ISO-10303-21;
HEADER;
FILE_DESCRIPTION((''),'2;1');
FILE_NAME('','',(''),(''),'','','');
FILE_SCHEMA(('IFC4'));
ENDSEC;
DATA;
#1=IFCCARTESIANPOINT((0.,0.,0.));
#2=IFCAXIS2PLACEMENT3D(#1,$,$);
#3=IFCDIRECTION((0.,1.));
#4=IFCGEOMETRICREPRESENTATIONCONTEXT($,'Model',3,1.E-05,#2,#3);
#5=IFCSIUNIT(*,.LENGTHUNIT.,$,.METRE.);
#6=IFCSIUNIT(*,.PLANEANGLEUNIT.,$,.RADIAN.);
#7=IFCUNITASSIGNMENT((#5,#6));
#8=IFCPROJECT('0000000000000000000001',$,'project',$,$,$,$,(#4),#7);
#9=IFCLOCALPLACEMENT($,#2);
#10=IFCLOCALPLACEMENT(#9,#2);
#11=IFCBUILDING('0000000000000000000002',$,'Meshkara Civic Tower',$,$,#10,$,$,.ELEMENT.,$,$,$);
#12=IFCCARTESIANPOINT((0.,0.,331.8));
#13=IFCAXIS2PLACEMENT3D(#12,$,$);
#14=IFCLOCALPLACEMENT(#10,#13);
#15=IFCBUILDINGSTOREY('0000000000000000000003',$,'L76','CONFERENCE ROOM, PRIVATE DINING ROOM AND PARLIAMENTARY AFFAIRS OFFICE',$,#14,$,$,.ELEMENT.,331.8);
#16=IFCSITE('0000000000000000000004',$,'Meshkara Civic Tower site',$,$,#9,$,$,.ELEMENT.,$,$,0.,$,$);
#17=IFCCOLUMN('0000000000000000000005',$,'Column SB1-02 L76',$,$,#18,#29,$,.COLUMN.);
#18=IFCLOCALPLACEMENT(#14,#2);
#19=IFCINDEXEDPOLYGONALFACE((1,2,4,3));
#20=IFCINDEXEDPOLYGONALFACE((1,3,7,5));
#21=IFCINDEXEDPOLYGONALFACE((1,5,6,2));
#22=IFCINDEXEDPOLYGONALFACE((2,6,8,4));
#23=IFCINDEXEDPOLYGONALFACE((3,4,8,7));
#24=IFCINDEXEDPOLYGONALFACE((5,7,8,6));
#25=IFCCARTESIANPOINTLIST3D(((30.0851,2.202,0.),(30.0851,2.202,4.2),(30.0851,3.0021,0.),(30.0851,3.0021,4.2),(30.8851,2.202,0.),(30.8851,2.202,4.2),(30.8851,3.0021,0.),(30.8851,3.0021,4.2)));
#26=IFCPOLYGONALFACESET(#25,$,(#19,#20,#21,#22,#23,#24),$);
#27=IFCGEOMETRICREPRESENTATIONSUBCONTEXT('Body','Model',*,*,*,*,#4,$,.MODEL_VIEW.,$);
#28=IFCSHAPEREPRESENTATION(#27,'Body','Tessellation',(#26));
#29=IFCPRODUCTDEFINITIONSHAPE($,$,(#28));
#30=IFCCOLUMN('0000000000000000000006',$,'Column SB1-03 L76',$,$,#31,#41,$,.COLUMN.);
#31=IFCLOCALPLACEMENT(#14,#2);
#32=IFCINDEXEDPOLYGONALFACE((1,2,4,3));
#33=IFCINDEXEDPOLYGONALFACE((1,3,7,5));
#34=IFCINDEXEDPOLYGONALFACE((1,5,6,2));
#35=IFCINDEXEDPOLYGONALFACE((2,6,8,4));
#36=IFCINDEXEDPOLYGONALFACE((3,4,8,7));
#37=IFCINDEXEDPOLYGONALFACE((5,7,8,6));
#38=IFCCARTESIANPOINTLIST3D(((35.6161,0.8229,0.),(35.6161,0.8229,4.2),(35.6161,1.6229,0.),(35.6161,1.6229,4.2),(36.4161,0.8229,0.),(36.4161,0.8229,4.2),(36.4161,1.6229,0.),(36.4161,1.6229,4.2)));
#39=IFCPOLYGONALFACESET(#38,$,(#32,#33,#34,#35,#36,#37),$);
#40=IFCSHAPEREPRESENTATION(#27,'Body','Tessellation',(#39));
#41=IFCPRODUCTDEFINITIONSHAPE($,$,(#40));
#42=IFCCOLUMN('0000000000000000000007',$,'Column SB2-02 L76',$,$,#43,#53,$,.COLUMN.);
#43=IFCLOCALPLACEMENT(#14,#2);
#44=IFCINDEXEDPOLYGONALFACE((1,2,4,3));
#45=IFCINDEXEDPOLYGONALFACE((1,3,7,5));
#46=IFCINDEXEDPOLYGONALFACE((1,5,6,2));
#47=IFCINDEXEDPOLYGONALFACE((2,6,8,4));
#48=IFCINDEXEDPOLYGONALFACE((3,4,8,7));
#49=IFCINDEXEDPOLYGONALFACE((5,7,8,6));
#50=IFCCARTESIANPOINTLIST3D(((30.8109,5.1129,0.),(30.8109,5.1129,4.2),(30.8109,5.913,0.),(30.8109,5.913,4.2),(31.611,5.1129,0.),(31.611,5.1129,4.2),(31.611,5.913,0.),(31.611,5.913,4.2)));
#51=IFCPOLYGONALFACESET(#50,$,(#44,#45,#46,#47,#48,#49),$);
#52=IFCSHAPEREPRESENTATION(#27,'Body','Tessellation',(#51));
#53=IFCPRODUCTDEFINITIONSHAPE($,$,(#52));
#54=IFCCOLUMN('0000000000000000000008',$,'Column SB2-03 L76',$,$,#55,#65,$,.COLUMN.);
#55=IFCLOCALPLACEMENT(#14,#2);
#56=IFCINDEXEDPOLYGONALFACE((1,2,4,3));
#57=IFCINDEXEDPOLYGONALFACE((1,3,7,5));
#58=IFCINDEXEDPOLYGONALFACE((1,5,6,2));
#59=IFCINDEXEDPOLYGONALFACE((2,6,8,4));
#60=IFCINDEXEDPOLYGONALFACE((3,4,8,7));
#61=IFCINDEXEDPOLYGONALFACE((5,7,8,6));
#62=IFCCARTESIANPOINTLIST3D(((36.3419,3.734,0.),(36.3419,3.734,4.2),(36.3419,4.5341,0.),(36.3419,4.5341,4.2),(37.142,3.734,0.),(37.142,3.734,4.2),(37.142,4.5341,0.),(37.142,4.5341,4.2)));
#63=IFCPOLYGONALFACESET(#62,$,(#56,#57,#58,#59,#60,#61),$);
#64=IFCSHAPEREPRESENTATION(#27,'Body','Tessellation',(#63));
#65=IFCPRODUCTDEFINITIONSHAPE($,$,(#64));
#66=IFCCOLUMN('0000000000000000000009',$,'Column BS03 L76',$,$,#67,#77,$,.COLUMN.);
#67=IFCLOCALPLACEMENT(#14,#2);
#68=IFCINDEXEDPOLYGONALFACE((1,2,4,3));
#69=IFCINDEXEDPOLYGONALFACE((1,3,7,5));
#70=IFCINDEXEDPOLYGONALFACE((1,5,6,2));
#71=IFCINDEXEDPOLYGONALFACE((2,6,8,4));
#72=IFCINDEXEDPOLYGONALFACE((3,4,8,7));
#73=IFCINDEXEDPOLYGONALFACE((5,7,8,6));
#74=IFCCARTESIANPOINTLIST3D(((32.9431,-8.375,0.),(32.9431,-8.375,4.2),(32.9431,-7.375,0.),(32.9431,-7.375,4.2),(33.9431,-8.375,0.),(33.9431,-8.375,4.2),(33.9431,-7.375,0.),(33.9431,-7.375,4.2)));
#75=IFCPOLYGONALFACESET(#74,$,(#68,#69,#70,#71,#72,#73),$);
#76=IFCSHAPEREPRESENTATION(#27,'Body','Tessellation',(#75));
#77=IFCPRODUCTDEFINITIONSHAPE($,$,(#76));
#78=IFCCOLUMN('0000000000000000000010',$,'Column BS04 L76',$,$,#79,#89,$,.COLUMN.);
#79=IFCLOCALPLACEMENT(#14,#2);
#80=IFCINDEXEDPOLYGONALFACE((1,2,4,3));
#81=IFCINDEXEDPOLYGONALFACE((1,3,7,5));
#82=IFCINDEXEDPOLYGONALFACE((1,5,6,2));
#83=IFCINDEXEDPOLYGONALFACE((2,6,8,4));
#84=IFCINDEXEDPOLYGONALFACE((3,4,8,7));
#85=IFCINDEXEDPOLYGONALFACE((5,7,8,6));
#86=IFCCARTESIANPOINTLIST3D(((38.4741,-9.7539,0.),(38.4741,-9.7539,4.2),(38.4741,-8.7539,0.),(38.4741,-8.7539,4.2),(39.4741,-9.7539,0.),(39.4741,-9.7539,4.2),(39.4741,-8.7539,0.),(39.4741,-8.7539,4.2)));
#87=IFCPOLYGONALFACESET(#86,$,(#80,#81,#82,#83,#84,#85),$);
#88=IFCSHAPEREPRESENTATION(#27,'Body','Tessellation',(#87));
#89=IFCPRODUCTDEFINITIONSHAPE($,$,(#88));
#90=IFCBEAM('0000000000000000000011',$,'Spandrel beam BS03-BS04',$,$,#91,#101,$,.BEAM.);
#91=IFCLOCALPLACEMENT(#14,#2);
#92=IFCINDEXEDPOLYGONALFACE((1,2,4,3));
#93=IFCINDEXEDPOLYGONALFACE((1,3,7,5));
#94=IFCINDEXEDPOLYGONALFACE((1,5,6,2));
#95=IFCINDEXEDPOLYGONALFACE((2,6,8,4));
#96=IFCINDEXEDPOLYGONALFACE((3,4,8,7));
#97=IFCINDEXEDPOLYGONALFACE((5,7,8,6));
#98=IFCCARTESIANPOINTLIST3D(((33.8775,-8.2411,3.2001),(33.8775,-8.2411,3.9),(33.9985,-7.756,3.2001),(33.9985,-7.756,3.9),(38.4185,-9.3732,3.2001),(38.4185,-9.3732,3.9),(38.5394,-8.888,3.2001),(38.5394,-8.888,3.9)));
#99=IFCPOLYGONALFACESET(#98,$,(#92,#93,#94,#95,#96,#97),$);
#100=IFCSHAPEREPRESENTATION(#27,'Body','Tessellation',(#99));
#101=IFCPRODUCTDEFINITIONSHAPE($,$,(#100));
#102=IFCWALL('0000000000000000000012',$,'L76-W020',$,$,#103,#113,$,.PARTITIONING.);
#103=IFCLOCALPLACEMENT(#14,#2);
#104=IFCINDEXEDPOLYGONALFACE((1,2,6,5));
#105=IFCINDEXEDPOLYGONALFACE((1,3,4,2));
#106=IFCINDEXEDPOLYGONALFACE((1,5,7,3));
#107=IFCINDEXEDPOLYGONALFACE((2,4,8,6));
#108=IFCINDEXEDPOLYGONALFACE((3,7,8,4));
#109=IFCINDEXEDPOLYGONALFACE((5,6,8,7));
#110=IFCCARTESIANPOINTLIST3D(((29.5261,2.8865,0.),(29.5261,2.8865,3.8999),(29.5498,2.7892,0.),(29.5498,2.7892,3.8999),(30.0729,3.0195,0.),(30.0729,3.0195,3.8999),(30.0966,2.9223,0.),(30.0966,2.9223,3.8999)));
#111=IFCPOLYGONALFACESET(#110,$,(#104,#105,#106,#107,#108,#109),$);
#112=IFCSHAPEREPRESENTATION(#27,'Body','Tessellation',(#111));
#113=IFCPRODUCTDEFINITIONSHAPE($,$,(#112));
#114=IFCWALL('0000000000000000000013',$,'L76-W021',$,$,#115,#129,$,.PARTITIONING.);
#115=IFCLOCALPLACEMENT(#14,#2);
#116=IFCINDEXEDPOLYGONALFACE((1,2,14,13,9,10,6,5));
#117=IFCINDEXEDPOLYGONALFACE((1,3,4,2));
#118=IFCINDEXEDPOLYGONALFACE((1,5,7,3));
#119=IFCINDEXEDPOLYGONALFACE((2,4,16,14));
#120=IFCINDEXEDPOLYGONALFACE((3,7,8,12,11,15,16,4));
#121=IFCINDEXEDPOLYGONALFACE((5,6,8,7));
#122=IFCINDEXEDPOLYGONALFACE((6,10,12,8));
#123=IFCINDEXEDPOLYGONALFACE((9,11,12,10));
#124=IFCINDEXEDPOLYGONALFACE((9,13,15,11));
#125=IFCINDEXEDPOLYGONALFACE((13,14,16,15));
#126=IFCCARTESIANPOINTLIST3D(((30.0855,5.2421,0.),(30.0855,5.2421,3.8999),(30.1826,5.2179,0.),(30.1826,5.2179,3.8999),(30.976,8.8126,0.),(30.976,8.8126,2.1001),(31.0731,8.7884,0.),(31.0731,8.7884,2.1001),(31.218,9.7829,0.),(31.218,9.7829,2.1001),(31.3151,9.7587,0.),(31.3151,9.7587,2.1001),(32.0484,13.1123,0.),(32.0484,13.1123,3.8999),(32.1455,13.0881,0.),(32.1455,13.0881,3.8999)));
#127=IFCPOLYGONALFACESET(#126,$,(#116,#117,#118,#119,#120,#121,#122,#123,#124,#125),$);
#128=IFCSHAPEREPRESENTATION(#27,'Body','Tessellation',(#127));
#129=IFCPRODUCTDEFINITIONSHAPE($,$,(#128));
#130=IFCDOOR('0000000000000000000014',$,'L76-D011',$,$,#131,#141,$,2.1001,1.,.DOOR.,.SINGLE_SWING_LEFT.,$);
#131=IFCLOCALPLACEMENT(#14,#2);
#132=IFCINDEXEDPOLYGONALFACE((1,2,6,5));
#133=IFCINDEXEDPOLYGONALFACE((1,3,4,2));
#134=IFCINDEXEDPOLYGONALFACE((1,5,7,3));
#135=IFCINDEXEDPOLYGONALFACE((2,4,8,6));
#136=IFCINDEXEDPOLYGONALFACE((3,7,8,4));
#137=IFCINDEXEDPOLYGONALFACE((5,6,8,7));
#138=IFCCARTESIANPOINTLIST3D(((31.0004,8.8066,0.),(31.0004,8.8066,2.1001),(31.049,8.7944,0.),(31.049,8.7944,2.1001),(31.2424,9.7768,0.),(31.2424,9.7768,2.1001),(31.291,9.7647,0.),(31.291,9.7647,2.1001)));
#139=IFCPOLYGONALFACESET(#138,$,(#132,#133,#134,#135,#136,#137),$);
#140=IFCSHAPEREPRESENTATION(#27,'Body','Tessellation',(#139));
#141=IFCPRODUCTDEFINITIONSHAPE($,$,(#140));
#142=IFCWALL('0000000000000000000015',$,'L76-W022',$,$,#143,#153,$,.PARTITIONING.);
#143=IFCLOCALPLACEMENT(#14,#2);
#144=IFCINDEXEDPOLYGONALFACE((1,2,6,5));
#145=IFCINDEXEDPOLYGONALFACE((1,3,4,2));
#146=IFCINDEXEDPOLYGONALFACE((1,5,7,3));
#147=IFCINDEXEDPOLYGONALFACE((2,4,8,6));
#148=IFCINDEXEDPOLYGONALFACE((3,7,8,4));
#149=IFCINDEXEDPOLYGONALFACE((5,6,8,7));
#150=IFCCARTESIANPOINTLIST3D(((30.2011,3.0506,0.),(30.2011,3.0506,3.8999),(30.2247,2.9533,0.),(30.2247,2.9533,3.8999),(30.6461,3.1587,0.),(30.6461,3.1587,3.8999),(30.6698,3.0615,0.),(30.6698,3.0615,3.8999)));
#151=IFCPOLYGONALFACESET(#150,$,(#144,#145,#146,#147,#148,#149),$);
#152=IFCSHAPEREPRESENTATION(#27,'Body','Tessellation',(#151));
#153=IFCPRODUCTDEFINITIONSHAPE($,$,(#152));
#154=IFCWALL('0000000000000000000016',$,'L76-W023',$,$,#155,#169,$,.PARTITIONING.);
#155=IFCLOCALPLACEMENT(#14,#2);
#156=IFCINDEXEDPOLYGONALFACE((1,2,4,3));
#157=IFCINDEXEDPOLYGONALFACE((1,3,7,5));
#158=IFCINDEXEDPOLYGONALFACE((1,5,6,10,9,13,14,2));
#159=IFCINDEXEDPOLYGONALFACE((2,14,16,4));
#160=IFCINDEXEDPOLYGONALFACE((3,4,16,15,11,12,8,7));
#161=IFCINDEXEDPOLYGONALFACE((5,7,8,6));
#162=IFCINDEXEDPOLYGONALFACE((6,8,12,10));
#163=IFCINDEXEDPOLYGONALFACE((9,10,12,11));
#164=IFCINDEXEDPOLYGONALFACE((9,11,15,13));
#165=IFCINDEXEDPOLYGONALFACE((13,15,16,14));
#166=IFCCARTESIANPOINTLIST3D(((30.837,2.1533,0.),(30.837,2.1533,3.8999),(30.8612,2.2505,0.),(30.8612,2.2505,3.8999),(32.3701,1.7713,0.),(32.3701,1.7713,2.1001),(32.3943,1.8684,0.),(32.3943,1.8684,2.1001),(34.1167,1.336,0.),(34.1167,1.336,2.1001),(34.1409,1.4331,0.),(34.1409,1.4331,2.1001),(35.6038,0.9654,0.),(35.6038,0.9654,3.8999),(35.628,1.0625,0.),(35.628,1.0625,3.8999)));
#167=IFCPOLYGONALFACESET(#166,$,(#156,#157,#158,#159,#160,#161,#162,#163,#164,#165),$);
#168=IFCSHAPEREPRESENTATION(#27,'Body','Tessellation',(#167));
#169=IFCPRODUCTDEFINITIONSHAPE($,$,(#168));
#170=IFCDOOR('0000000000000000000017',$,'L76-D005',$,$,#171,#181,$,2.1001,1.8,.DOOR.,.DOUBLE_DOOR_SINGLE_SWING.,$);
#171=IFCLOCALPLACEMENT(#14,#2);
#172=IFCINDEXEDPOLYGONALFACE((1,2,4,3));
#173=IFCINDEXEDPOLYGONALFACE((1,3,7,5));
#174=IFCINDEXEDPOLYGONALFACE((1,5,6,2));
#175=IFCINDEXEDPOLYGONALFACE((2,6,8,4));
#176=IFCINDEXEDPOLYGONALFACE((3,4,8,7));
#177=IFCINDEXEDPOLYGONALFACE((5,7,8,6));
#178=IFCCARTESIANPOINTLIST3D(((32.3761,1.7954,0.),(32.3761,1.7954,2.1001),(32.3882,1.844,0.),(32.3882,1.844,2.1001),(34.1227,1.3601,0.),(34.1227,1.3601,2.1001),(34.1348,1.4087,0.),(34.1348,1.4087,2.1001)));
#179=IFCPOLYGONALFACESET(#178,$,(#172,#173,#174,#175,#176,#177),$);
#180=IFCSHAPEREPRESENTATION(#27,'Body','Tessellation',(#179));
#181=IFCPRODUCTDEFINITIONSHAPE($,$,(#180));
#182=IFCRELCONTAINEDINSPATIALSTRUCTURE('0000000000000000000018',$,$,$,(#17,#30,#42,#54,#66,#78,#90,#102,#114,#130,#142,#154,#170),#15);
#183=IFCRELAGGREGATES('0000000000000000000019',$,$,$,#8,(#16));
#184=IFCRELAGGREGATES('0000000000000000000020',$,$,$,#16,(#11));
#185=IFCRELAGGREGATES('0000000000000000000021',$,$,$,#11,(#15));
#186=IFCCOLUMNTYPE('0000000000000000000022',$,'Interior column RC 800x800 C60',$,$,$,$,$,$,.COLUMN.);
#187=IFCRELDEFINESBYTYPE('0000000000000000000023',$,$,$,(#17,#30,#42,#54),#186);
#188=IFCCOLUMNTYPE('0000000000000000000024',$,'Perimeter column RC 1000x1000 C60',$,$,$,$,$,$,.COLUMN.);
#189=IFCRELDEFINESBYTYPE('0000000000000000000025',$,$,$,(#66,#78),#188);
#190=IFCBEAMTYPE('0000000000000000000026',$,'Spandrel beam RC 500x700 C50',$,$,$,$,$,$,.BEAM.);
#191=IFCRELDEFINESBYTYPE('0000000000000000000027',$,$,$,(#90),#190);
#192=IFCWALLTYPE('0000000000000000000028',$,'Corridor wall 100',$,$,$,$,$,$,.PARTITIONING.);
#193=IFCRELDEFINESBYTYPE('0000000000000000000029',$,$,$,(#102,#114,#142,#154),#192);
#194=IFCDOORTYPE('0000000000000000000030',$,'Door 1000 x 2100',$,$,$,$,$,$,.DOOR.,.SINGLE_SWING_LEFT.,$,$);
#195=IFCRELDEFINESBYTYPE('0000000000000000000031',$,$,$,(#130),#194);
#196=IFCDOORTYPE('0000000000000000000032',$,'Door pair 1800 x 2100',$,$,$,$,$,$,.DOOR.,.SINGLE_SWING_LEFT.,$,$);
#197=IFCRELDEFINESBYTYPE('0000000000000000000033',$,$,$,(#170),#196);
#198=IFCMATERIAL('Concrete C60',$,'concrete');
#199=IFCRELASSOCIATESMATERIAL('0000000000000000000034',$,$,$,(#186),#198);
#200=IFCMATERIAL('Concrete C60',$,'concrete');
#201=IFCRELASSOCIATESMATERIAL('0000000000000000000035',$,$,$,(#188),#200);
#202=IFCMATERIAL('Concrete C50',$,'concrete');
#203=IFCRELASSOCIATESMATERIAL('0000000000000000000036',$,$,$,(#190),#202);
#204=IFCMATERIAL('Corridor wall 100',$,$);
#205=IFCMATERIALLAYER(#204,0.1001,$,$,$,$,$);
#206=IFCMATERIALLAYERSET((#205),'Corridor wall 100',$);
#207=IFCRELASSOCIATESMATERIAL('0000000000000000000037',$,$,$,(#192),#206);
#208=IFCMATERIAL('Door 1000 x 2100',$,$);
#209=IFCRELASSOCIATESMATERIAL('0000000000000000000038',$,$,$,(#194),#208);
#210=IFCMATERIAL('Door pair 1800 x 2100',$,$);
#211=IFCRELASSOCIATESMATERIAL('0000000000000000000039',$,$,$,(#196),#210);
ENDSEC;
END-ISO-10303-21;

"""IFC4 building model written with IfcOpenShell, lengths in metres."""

from ifc_helpers import new_model, si_unit, direction, frame, frame_2d, origin, origin_2d, place, context, subcontext, project, spatial, rectangle, extrude, material, layer, layer_set, material_profile, profile_set, type_object, element, fill, save


model = new_model("IFC4")

# Units and contexts
model_context = context("Model", 3, precision=1e-05, world=origin(), true_north=direction((0.0, 1.0)))
body_context = subcontext(model_context, "Body", "Model", "MODEL_VIEW")
ifc_project = project(units=[si_unit("LENGTHUNIT", "METRE"), si_unit("PLANEANGLEUNIT", "RADIAN")], contexts=[model_context])

# Site, building, storey
site_placement = place(None, origin())
site = spatial("IfcSite", under=ifc_project, at=site_placement, Name="Meshkara Civic Tower site", CompositionType="ELEMENT", RefElevation=0.0)
building_placement = place(site_placement, origin())
building = spatial("IfcBuilding", under=site, at=building_placement, Name="Meshkara Civic Tower", CompositionType="ELEMENT")
storey_placement = place(building_placement, frame((0.0, 0.0, 331.8)))
storey = spatial("IfcBuildingStorey", under=building, at=storey_placement, Name="L76", Description="CONFERENCE ROOM, PRIVATE DINING ROOM AND PARLIAMENTARY AFFAIRS OFFICE", CompositionType="ELEMENT", Elevation=331.8)

# Columns
ifc_material_1 = material(Name="Concrete C60", Category="concrete")
ifc_material_profile_1 = material_profile(ifc_material_1, rectangle(XDim=0.8, YDim=0.8, at=origin_2d()))
ifc_profile_set_1 = profile_set([ifc_material_profile_1], Name="Concrete C60")
column_type_1 = type_object("IfcColumnType", Name="Interior column RC 800x800 C60", PredefinedType="COLUMN", material=ifc_profile_set_1)
for number, where, z_axis, x_axis, name in (
    (1, (30.4851, 2.6021, 0.0), (0.0, 0.0, 1.0), (1.0, 0.0, 0.0), "Column SB1-02 L76"),
    (2, (36.0161, 1.2229, 0.0), (0.0, 0.0, 1.0), (1.0, 0.0, 0.0), "Column SB1-03 L76"),
    (3, (31.2109, 5.5129, 0.0), (0.0, 0.0, 1.0), (1.0, 0.0, 0.0), "Column SB2-02 L76"),
    (4, (36.7419, 4.134, 0.0), (0.0, 0.0, 1.0), (1.0, 0.0, 0.0), "Column SB2-03 L76"),
):
    element("IfcColumn", number, at=place(storey_placement, frame(where, z_axis=z_axis, x_axis=x_axis)), inside=storey, type_object=column_type_1, Name=name, PredefinedType="COLUMN", context=body_context, shape_type="SweptSolid", body=[
        extrude(rectangle(XDim=0.8, YDim=0.8, at=origin_2d()), origin(), (0.0, 0.0, 1.0), 4.2),
    ])
ifc_material_2 = material(Name="Concrete C60", Category="concrete")
ifc_material_profile_2 = material_profile(ifc_material_2, rectangle(XDim=1.0, YDim=1.0, at=origin_2d()))
ifc_profile_set_2 = profile_set([ifc_material_profile_2], Name="Concrete C60")
column_type_2 = type_object("IfcColumnType", Name="Perimeter column RC 1000x1000 C60", PredefinedType="COLUMN", material=ifc_profile_set_2)
for number, where, z_axis, x_axis, name in (
    (5, (33.4431, -7.875, 0.0), (0.0, 0.0, 1.0), (1.0, 0.0, 0.0), "Column BS03 L76"),
    (6, (38.9741, -9.2539, 0.0), (0.0, 0.0, 1.0), (1.0, 0.0, 0.0), "Column BS04 L76"),
):
    element("IfcColumn", number, at=place(storey_placement, frame(where, z_axis=z_axis, x_axis=x_axis)), inside=storey, type_object=column_type_2, Name=name, PredefinedType="COLUMN", context=body_context, shape_type="SweptSolid", body=[
        extrude(rectangle(XDim=1.0, YDim=1.0, at=origin_2d()), origin(), (0.0, 0.0, 1.0), 4.2),
    ])

# Beam
ifc_material_3 = material(Name="Concrete C50", Category="concrete")
ifc_material_profile_3 = material_profile(ifc_material_3, rectangle(XDim=0.5, YDim=0.7, at=origin_2d()))
ifc_profile_set_3 = profile_set([ifc_material_profile_3], Name="Concrete C50")
beam_type = type_object("IfcBeamType", Name="Spandrel beam RC 500x700 C50", PredefinedType="BEAM", material=ifc_profile_set_3)
beam_placement = place(storey_placement, frame((33.938, -7.9985, 3.55), z_axis=(0.970302, -0.241897, 0.0), x_axis=(0.241897, 0.970302, 0.0)))
element("IfcBeam", 7, at=beam_placement, inside=storey, type_object=beam_type, Name="Spandrel beam BS03-BS04", PredefinedType="BEAM", context=body_context, shape_type="SweptSolid", body=[
    extrude(rectangle(XDim=0.5, YDim=0.7, at=origin_2d()), origin(), (0.0, 0.0, 1.0), 4.6799),
])

# Wall
ifc_material_4 = material(Name="Corridor wall 100")
ifc_layer_1 = layer(ifc_material_4, 0.1001)
ifc_layer_set_1 = layer_set([ifc_layer_1], Name="Corridor wall 100")
wall_type_1 = type_object("IfcWallType", Name="Corridor wall 100", PredefinedType="PARTITIONING", material=ifc_layer_set_1)
wall_1_placement = place(storey_placement, frame((29.5381, 2.8379, 0.0), z_axis=(0.0, 0.0, 1.0), x_axis=(0.971654, 0.236407, 0.0)))
element("IfcWall", 8, at=wall_1_placement, inside=storey, type_object=wall_type_1, Name="L76-W020", PredefinedType="PARTITIONING", context=body_context, shape_type="SweptSolid", body=[
    extrude(rectangle(XDim=0.5627, YDim=0.1001, at=frame_2d((0.2812, 0.0))), origin(), (0.0, 0.0, 1.0), 3.8999),
])

# Wall, opening, door
wall_2_placement = place(storey_placement, frame((30.134, 5.23, 0.0), z_axis=(0.0, 0.0, 1.0), x_axis=(0.241997, 0.970277, 0.0)))
wall_2 = element("IfcWall", 9, at=wall_2_placement, inside=storey, type_object=wall_type_1, Name="L76-W021", PredefinedType="PARTITIONING", context=body_context, shape_type="SweptSolid", body=[
    extrude(rectangle(XDim=8.1113, YDim=0.1001, at=frame_2d((4.0557, 0.0))), origin(), (0.0, 0.0, 1.0), 3.8999),
])
opening_1_placement = place(wall_2_placement, frame((3.6799, 0.0, 0.0)))
opening_1 = element("IfcOpeningElement", 10, at=opening_1_placement, cuts=wall_2, PredefinedType="OPENING", context=body_context, shape_type="SweptSolid", body=[
    extrude(rectangle(XDim=1.0, YDim=2.1001, at=frame_2d((0.5, 1.05))), frame((0.0, 0.0601, 0.0), z_axis=(0.0, -1.0, 0.0), x_axis=(1.0, 0.0, 0.0)), (0.0, 0.0, 1.0), 0.1201),
])
ifc_material_5 = material(Name="Door 1000 x 2100")
door_type_1 = type_object("IfcDoorType", Name="Door 1000 x 2100", OperationType="SINGLE_SWING_LEFT", PredefinedType="DOOR", material=ifc_material_5)
door_1_placement = place(opening_1_placement, origin())
door_1 = element("IfcDoor", 11, at=door_1_placement, inside=storey, type_object=door_type_1, Name="L76-D011", OperationType="SINGLE_SWING_LEFT", OverallHeight=2.1001, OverallWidth=1.0, PredefinedType="DOOR", context=body_context, shape_type="SweptSolid", body=[
    extrude(rectangle(XDim=1.0, YDim=2.1001, at=frame_2d((0.5, 1.05))), frame((0.0, 0.0249, 0.0), z_axis=(0.0, -1.0, 0.0), x_axis=(1.0, 0.0, 0.0)), (0.0, 0.0, 1.0), 0.05),
])
fill(opening_1, door_1)

# Wall
wall_3_placement = place(storey_placement, frame((30.2129, 3.002, 0.0), z_axis=(0.0, 0.0, 1.0), x_axis=(0.971721, 0.236134, 0.0)))
element("IfcWall", 12, at=wall_3_placement, inside=storey, type_object=wall_type_1, Name="L76-W022", PredefinedType="PARTITIONING", context=body_context, shape_type="SweptSolid", body=[
    extrude(rectangle(XDim=0.458, YDim=0.1001, at=frame_2d((0.229, 0.0))), origin(), (0.0, 0.0, 1.0), 3.8999),
])

# Wall, opening, door
wall_4_placement = place(storey_placement, frame((30.8491, 2.2019, 0.0), z_axis=(0.0, 0.0, 1.0), x_axis=(0.970321, -0.241822, 0.0)))
wall_4 = element("IfcWall", 13, at=wall_4_placement, inside=storey, type_object=wall_type_1, Name="L76-W023", PredefinedType="PARTITIONING", context=body_context, shape_type="SweptSolid", body=[
    extrude(rectangle(XDim=4.9126, YDim=0.1001, at=frame_2d((2.4563, 0.0))), origin(), (0.0, 0.0, 1.0), 3.8999),
])
opening_2_placement = place(wall_4_placement, frame((1.5801, 0.0, 0.0)))
opening_2 = element("IfcOpeningElement", 14, at=opening_2_placement, cuts=wall_4, PredefinedType="OPENING", context=body_context, shape_type="SweptSolid", body=[
    extrude(rectangle(XDim=1.8, YDim=2.1001, at=frame_2d((0.8999, 1.05))), frame((0.0, 0.0601, 0.0), z_axis=(0.0, -1.0, 0.0), x_axis=(1.0, 0.0, 0.0)), (0.0, 0.0, 1.0), 0.1201),
])
ifc_material_6 = material(Name="Door pair 1800 x 2100")
door_type_2 = type_object("IfcDoorType", Name="Door pair 1800 x 2100", OperationType="SINGLE_SWING_LEFT", PredefinedType="DOOR", material=ifc_material_6)
door_2_placement = place(opening_2_placement, origin())
door_2 = element("IfcDoor", 15, at=door_2_placement, inside=storey, type_object=door_type_2, Name="L76-D005", OperationType="DOUBLE_DOOR_SINGLE_SWING", OverallHeight=2.1001, OverallWidth=1.8, PredefinedType="DOOR", context=body_context, shape_type="SweptSolid", body=[
    extrude(rectangle(XDim=1.8, YDim=2.1001, at=frame_2d((0.8999, 1.05))), frame((0.0, 0.0249, 0.0), z_axis=(0.0, -1.0, 0.0), x_axis=(1.0, 0.0, 0.0)), (0.0, 0.0, 1.0), 0.05),
])
fill(opening_2, door_2)

save(model, "model.ifc")
